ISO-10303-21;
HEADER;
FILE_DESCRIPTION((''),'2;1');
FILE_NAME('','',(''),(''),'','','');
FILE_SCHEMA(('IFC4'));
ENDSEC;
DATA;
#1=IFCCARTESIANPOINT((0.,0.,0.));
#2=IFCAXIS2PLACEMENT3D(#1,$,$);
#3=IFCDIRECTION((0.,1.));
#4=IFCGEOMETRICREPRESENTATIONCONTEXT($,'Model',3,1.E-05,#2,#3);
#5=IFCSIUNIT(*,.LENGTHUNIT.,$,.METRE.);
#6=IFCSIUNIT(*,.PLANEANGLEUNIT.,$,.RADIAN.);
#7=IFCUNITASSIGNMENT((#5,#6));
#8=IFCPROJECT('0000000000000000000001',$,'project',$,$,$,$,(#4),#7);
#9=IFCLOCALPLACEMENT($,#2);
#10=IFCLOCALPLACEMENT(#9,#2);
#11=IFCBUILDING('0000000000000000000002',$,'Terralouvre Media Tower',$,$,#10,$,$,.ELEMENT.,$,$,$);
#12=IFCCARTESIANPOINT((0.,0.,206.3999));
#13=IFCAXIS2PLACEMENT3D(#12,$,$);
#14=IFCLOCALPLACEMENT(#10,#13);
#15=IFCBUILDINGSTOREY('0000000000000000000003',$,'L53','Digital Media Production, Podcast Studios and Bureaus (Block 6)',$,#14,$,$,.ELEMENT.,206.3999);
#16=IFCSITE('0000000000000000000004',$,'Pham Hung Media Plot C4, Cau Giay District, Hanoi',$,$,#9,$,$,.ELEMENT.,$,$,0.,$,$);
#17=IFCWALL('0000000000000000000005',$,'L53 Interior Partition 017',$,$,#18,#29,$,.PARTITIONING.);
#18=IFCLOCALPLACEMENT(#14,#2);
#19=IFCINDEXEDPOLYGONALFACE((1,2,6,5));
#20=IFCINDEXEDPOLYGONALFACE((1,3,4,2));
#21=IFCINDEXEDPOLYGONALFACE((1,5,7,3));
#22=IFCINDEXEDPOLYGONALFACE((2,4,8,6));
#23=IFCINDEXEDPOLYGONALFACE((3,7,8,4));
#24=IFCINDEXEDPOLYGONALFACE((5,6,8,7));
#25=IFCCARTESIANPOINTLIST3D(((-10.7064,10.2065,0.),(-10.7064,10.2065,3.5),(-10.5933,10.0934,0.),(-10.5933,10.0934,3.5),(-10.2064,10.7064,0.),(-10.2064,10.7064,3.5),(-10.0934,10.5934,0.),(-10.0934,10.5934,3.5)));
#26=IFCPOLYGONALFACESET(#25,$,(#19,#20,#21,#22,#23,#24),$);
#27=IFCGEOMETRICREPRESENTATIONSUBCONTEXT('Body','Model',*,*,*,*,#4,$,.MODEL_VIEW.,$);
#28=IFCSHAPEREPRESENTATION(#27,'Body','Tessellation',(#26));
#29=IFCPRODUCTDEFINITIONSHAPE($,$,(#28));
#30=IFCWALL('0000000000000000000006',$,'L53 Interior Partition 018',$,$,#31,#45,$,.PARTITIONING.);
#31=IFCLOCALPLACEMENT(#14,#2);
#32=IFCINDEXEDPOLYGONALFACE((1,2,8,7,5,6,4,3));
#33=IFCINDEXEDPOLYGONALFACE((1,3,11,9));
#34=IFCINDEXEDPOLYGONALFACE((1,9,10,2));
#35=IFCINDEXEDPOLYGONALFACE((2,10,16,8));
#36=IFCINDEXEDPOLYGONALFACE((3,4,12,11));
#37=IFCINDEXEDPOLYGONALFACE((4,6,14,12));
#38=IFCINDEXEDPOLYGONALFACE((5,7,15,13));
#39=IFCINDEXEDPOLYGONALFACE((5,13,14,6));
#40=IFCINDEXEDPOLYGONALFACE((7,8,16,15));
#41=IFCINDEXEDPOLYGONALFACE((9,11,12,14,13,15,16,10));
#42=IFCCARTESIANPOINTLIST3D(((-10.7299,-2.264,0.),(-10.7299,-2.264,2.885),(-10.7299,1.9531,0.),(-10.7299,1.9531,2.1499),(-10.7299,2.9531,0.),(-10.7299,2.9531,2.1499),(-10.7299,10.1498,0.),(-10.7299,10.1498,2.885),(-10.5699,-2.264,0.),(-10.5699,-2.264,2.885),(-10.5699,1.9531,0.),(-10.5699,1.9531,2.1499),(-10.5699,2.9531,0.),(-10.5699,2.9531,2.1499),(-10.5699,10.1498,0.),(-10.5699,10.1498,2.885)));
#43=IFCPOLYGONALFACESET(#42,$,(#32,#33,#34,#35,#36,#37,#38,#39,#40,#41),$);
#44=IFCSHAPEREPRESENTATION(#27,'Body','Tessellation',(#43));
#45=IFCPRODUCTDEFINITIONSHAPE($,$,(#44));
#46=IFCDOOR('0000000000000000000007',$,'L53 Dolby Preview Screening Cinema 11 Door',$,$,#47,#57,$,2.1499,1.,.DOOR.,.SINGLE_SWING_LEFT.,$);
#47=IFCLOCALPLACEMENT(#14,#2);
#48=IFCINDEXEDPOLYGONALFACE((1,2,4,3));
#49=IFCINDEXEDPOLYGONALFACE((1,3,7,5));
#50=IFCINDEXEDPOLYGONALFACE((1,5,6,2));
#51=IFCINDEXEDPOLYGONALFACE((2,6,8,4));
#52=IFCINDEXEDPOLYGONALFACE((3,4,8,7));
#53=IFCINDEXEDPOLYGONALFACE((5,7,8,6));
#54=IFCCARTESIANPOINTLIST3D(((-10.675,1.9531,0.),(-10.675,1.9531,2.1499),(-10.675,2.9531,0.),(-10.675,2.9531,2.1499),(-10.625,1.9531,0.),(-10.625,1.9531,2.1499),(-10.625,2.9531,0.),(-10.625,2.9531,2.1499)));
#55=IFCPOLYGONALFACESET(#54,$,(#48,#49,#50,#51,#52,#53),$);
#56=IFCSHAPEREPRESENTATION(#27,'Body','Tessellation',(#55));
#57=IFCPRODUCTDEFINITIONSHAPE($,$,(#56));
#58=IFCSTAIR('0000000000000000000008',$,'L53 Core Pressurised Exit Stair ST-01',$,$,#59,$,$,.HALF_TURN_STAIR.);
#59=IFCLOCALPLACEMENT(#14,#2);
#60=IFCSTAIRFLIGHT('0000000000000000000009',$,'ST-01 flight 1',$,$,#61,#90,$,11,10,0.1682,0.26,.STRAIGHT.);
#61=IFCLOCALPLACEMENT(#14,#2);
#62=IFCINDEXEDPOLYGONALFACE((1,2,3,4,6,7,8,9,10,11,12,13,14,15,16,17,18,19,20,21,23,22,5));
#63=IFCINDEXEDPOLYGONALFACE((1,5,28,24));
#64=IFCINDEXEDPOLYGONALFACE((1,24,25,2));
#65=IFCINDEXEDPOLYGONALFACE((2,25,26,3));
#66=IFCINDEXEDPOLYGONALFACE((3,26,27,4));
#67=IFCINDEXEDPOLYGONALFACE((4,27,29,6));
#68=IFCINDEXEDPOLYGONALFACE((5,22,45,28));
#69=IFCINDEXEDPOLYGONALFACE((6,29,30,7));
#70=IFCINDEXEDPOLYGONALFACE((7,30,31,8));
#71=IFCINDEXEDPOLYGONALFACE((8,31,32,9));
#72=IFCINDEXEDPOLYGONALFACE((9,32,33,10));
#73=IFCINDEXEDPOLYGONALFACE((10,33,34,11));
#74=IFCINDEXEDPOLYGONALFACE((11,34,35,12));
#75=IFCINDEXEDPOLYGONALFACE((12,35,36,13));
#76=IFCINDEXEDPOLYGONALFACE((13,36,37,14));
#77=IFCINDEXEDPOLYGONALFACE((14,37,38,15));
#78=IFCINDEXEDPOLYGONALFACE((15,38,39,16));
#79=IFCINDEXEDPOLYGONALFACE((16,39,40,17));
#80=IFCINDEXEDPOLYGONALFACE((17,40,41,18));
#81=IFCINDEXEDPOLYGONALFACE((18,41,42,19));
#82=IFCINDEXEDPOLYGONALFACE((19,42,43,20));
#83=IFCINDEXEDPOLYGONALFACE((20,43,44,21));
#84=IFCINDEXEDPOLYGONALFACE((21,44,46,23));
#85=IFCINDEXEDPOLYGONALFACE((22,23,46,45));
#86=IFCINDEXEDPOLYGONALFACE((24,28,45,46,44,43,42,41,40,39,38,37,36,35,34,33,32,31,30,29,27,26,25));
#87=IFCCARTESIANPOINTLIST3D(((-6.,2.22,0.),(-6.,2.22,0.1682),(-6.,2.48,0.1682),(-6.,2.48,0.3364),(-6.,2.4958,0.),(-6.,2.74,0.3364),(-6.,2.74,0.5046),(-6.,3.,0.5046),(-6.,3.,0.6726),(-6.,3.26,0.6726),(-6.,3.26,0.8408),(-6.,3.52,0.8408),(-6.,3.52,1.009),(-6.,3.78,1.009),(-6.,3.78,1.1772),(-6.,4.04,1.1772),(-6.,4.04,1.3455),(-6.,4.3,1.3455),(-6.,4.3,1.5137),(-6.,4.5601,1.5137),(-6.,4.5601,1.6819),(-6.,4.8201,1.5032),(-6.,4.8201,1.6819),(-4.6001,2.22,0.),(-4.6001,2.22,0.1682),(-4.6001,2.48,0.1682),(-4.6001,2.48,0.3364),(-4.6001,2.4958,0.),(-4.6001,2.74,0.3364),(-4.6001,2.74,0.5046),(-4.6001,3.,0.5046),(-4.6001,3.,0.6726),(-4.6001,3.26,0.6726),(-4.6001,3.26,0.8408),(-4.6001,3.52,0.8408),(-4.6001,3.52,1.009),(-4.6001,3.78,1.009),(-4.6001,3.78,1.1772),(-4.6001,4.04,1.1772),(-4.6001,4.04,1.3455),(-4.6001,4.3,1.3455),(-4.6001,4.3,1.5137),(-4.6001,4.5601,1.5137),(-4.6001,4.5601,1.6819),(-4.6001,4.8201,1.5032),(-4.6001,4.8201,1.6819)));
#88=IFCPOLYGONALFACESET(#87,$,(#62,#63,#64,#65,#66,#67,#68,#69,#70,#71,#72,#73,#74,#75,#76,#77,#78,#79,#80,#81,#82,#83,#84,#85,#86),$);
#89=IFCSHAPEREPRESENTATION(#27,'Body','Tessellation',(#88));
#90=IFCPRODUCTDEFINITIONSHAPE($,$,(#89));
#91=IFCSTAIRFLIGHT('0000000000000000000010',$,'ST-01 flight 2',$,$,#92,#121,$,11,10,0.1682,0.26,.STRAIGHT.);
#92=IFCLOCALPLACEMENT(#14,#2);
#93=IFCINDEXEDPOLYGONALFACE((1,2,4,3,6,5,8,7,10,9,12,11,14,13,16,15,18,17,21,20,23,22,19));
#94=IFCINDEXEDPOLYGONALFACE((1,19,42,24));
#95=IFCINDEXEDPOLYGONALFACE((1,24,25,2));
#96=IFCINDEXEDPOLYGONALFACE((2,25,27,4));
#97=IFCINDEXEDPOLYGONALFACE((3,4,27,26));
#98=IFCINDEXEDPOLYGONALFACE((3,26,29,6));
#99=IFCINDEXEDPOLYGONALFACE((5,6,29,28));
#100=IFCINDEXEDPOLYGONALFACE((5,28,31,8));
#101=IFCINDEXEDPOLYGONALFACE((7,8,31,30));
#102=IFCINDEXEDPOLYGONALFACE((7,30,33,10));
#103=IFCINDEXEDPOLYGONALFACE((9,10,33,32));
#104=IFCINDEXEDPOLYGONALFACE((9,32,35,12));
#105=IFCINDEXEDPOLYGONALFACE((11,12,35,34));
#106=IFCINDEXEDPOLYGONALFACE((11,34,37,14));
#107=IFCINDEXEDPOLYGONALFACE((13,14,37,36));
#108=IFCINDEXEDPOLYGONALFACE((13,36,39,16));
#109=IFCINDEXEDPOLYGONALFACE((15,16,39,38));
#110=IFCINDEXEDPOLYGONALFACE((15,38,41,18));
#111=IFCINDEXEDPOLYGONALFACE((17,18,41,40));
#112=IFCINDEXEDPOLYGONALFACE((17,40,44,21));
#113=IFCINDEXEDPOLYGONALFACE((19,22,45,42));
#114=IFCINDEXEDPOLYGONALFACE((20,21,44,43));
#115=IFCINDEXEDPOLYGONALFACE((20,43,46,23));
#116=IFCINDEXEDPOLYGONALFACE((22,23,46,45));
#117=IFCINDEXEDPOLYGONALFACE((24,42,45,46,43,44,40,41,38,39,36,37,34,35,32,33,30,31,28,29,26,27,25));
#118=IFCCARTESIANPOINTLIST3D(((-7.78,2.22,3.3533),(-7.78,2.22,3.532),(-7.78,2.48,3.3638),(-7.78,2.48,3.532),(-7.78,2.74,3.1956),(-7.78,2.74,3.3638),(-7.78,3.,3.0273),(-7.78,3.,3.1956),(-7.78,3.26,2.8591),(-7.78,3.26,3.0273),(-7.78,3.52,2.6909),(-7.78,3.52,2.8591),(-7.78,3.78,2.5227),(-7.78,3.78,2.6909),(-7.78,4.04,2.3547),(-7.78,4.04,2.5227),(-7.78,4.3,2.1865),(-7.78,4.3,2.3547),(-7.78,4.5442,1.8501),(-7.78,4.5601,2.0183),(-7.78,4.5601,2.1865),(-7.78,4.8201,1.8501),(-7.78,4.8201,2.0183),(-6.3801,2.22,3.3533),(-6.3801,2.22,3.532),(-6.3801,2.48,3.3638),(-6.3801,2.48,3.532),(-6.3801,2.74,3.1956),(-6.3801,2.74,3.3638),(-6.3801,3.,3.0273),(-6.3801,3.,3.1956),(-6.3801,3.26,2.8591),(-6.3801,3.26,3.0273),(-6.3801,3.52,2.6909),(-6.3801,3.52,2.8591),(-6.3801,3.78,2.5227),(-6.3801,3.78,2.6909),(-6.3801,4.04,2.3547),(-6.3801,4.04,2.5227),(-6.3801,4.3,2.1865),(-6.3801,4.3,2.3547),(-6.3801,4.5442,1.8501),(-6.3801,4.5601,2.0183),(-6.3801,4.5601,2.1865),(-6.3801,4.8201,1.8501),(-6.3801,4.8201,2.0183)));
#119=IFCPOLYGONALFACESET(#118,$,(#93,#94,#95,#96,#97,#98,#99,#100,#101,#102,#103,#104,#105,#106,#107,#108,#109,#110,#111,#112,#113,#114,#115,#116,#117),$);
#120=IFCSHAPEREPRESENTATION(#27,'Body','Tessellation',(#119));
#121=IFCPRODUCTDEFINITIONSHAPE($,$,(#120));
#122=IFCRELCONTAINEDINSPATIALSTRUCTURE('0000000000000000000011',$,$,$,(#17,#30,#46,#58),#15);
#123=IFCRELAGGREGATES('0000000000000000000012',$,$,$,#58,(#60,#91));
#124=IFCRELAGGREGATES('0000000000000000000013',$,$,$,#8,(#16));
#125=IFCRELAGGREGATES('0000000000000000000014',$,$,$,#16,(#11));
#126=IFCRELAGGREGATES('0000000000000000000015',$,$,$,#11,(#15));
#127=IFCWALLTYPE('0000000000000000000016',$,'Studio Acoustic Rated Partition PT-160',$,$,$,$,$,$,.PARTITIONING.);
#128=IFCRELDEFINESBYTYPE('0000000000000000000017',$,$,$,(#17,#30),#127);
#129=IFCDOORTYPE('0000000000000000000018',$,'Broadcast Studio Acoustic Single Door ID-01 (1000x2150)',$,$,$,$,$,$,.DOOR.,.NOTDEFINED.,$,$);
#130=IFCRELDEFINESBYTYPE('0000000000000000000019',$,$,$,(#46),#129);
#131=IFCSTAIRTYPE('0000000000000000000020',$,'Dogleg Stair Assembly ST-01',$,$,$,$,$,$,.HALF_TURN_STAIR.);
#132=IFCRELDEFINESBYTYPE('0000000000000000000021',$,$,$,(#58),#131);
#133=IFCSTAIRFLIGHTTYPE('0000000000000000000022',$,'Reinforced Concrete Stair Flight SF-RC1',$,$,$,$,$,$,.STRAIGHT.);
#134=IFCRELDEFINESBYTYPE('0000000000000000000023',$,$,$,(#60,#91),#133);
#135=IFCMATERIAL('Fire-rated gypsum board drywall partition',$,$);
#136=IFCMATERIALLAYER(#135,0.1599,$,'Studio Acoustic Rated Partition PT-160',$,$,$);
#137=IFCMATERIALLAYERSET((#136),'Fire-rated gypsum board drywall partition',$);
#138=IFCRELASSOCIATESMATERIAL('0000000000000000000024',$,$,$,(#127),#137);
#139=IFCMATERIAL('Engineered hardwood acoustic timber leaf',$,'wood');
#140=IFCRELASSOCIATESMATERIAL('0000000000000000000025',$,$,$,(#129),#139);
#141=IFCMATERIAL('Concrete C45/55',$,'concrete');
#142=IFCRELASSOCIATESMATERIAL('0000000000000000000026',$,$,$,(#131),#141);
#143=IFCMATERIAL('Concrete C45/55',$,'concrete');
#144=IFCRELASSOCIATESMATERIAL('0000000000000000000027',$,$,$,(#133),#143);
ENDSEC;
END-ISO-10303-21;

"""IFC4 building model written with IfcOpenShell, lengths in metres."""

from ifc_helpers import new_model, si_unit, direction, frame, frame_2d, origin, place, context, subcontext, project, spatial, polyline, rectangle, outline, extrude, material, layer, layer_set, type_object, element, fill, aggregate, save


model = new_model("IFC4")

# Units and contexts
model_context = context("Model", 3, precision=1e-05, world=origin(), true_north=direction((0.0, 1.0)))
body_context = subcontext(model_context, "Body", "Model", "MODEL_VIEW")
ifc_project = project(units=[si_unit("LENGTHUNIT", "METRE"), si_unit("PLANEANGLEUNIT", "RADIAN")], contexts=[model_context])

# Site, building, storey
site_placement = place(None, origin())
site = spatial("IfcSite", under=ifc_project, at=site_placement, Name="Pham Hung Media Plot C4, Cau Giay District, Hanoi", CompositionType="ELEMENT", RefElevation=0.0)
building_placement = place(site_placement, origin())
building = spatial("IfcBuilding", under=site, at=building_placement, Name="Terralouvre Media Tower", CompositionType="ELEMENT")
storey_placement = place(building_placement, frame((0.0, 0.0, 206.3999)))
storey = spatial("IfcBuildingStorey", under=building, at=storey_placement, Name="L53", Description="Digital Media Production, Podcast Studios and Bureaus (Block 6)", CompositionType="ELEMENT", Elevation=206.3999)

# Wall
ifc_material_1 = material(Name="Fire-rated gypsum board drywall partition")
ifc_layer_1 = layer(ifc_material_1, 0.1599, Name="Studio Acoustic Rated Partition PT-160")
ifc_layer_set_1 = layer_set([ifc_layer_1], Name="Fire-rated gypsum board drywall partition")
wall_type_1 = type_object("IfcWallType", Name="Studio Acoustic Rated Partition PT-160", PredefinedType="PARTITIONING", material=ifc_layer_set_1)
wall_1_placement = place(storey_placement, frame((-10.1499, 10.6499, 0.0), z_axis=(0.0, 0.0, 1.0), x_axis=(-0.707107, -0.707107, 0.0)))
element("IfcWall", 1, at=wall_1_placement, inside=storey, type_object=wall_type_1, Name="L53 Interior Partition 017", PredefinedType="PARTITIONING", context=body_context, shape_type="SweptSolid", body=[
    extrude(rectangle(XDim=0.707, YDim=0.1599, at=frame_2d((0.3535, 0.0))), origin(), (0.0, 0.0, 1.0), 3.5),
])

# Wall, opening, door
wall_2_placement = place(storey_placement, frame((-10.6499, 10.1499, 0.0), z_axis=(0.0, 0.0, 1.0), x_axis=(0.0, -1.0, 0.0)))
wall_2 = element("IfcWall", 2, at=wall_2_placement, inside=storey, type_object=wall_type_1, Name="L53 Interior Partition 018", PredefinedType="PARTITIONING", context=body_context, shape_type="SweptSolid", body=[
    extrude(rectangle(XDim=12.4138, YDim=0.1599, at=frame_2d((6.207, 0.0))), origin(), (0.0, 0.0, 1.0), 2.885),
])
opening_1_placement = place(wall_2_placement, frame((7.1968, 0.0, 0.0)))
opening_1 = element("IfcOpeningElement", 3, at=opening_1_placement, cuts=wall_2, PredefinedType="OPENING", context=body_context, shape_type="SweptSolid", body=[
    extrude(rectangle(XDim=1.0, YDim=2.1499, at=frame_2d((0.5, 1.075))), frame((0.0, 0.0898, 0.0), z_axis=(0.0, -1.0, 0.0), x_axis=(1.0, 0.0, 0.0)), (0.0, 0.0, 1.0), 0.1799),
])
ifc_material_2 = material(Name="Engineered hardwood acoustic timber leaf", Category="wood")
door_type_1 = type_object("IfcDoorType", Name="Broadcast Studio Acoustic Single Door ID-01 (1000x2150)", OperationType="NOTDEFINED", PredefinedType="DOOR", material=ifc_material_2)
door_1_placement = place(opening_1_placement, origin())
door_1 = element("IfcDoor", 4, at=door_1_placement, inside=storey, type_object=door_type_1, Name="L53 Dolby Preview Screening Cinema 11 Door", OperationType="SINGLE_SWING_LEFT", OverallHeight=2.1499, OverallWidth=1.0, PredefinedType="DOOR", context=body_context, shape_type="SweptSolid", body=[
    extrude(rectangle(XDim=1.0, YDim=2.1499, at=frame_2d((0.5, 1.075))), frame((0.0, 0.0249, 0.0), z_axis=(0.0, -1.0, 0.0), x_axis=(1.0, 0.0, 0.0)), (0.0, 0.0, 1.0), 0.05),
])
fill(opening_1, door_1)

# Stair, stair flights
ifc_material_3 = material(Name="Concrete C45/55", Category="concrete")
stair_type = type_object("IfcStairType", Name="Dogleg Stair Assembly ST-01", PredefinedType="HALF_TURN_STAIR", material=ifc_material_3)
stair_placement = place(storey_placement, origin())
stair = element("IfcStair", 5, at=stair_placement, inside=storey, type_object=stair_type, Name="L53 Core Pressurised Exit Stair ST-01", PredefinedType="HALF_TURN_STAIR")
ifc_material_4 = material(Name="Concrete C45/55", Category="concrete")
stair_flight_type = type_object("IfcStairFlightType", Name="Reinforced Concrete Stair Flight SF-RC1", PredefinedType="STRAIGHT", material=ifc_material_4)
stair_flight_1_placement = place(storey_placement, frame((-5.3, 2.22, 0.0), z_axis=(0.0, 0.0, 1.0), x_axis=(0.0, 1.0, 0.0)))
stair_flight_1 = element("IfcStairFlight", 6, at=stair_flight_1_placement, type_object=stair_flight_type, Name="ST-01 flight 1", NumberOfRisers=11, NumberOfTreads=10, PredefinedType="STRAIGHT", RiserHeight=0.1682, TreadLength=0.26, context=body_context, shape_type="SweptSolid", body=[
    extrude(outline(polyline([(0.0, 0.0), (0.0, 0.1682), (0.26, 0.1682), (0.26, 0.3364), (0.52, 0.3364), (0.52, 0.5046), (0.78, 0.5046), (0.78, 0.6726), (1.04, 0.6726), (1.04, 0.8408), (1.3, 0.8408), (1.3, 1.009), (1.5601, 1.009), (1.5601, 1.1772), (1.8201, 1.1772), (1.8201, 1.3455), (2.0801, 1.3455), (2.0801, 1.5137), (2.3401, 1.5137), (2.3401, 1.6819), (2.6001, 1.6819), (2.6001, 1.8501), (2.6001, 1.5032), (0.2759, 0.0), (0.0, 0.0)])), frame((0.0, 0.7, 0.0), z_axis=(0.0, -1.0, 0.0), x_axis=(1.0, 0.0, 0.0)), (0.0, 0.0, 1.0), 1.3999),
])
stair_flight_2_placement = place(storey_placement, frame((-7.0801, 4.8201, 1.8501), z_axis=(0.0, 0.0, 1.0), x_axis=(0.0, -1.0, 0.0)))
stair_flight_2 = element("IfcStairFlight", 7, at=stair_flight_2_placement, type_object=stair_flight_type, Name="ST-01 flight 2", NumberOfRisers=11, NumberOfTreads=10, PredefinedType="STRAIGHT", RiserHeight=0.1682, TreadLength=0.26, context=body_context, shape_type="SweptSolid", body=[
    extrude(outline(polyline([(0.0, 0.0), (0.0, 0.1682), (0.26, 0.1682), (0.26, 0.3364), (0.52, 0.3364), (0.52, 0.5046), (0.78, 0.5046), (0.78, 0.6726), (1.04, 0.6726), (1.04, 0.8408), (1.3, 0.8408), (1.3, 1.009), (1.5601, 1.009), (1.5601, 1.1772), (1.8201, 1.1772), (1.8201, 1.3455), (2.0801, 1.3455), (2.0801, 1.5137), (2.3401, 1.5137), (2.3401, 1.6819), (2.6001, 1.6819), (2.6001, 1.8501), (2.6001, 1.5032), (0.2759, 0.0), (0.0, 0.0)])), frame((0.0, 0.7, 0.0), z_axis=(0.0, -1.0, 0.0), x_axis=(1.0, 0.0, 0.0)), (0.0, 0.0, 1.0), 1.3999),
])
aggregate(stair, [stair_flight_1, stair_flight_2])

save(model, "model.ifc")
